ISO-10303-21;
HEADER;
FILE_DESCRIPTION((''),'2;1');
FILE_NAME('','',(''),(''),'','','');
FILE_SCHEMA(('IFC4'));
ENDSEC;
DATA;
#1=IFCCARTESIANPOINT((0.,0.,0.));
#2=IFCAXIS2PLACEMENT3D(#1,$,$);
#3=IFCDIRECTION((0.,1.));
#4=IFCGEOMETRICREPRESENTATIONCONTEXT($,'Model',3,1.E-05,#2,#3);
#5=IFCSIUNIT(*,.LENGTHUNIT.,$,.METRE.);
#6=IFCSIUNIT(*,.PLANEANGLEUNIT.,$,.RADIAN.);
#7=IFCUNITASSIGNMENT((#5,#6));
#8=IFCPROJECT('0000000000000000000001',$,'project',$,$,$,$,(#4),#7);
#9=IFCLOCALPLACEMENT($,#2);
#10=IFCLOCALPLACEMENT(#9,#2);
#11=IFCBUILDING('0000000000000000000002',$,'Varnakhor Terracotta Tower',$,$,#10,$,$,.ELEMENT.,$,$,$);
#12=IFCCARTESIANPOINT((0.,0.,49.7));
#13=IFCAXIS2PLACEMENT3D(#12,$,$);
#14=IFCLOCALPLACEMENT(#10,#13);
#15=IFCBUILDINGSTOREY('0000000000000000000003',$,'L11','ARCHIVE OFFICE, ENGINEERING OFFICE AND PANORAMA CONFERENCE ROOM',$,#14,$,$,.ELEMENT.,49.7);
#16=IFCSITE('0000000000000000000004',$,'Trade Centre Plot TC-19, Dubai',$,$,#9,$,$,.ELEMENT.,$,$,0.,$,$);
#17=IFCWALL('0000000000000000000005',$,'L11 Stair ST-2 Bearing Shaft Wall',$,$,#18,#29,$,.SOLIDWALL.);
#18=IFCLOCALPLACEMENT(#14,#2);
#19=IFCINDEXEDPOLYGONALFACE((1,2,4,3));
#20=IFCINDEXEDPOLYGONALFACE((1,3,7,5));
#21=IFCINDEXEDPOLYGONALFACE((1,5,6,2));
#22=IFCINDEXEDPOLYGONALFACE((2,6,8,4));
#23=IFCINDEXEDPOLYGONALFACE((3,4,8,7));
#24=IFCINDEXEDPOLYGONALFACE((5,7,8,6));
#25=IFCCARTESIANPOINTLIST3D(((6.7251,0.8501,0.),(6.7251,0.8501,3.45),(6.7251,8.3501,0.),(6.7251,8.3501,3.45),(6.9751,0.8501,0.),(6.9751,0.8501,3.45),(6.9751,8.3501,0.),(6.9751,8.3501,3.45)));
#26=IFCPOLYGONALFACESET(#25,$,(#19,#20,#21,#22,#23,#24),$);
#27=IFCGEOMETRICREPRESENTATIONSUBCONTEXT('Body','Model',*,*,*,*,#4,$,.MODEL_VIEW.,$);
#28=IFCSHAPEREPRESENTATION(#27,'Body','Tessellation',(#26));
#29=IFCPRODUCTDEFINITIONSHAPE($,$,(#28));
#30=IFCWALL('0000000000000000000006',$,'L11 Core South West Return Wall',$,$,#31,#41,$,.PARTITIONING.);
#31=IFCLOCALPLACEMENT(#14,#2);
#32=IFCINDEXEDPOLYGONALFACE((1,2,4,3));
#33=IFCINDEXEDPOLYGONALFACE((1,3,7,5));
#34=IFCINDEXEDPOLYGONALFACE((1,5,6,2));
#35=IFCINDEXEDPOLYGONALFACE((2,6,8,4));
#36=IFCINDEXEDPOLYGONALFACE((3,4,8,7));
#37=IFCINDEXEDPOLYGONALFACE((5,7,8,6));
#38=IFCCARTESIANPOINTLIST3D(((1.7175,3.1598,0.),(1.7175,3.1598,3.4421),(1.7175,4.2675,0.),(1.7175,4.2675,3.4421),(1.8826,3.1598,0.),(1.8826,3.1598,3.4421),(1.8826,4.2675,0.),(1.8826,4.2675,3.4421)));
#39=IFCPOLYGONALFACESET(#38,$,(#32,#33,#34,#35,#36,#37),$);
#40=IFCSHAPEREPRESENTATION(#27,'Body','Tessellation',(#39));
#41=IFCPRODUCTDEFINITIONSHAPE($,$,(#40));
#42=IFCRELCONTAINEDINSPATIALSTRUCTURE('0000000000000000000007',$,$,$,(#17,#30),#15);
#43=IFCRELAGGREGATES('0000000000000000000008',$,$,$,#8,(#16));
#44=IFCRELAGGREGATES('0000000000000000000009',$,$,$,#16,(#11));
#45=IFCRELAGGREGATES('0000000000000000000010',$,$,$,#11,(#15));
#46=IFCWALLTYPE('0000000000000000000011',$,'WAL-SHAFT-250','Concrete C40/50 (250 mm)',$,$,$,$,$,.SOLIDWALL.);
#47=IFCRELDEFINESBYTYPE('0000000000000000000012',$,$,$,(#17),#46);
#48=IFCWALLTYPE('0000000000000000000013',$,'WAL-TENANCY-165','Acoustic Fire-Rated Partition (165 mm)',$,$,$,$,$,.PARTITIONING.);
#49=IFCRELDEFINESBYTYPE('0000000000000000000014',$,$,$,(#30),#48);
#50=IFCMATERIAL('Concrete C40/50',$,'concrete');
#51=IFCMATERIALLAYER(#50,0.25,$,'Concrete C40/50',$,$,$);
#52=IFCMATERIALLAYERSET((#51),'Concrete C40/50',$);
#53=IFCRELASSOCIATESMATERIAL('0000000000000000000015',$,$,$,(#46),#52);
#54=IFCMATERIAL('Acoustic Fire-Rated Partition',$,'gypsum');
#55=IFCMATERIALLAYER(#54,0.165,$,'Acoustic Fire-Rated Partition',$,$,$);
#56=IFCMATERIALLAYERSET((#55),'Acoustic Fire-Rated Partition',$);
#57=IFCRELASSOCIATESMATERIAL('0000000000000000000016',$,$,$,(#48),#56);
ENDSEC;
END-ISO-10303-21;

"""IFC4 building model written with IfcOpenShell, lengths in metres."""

from ifc_helpers import new_model, si_unit, direction, frame, frame_2d, origin, place, context, subcontext, project, spatial, rectangle, extrude, material, layer, layer_set, type_object, element, save


model = new_model("IFC4")

# Units and contexts
model_context = context("Model", 3, precision=1e-05, world=origin(), true_north=direction((0.0, 1.0)))
body_context = subcontext(model_context, "Body", "Model", "MODEL_VIEW")
ifc_project = project(units=[si_unit("LENGTHUNIT", "METRE"), si_unit("PLANEANGLEUNIT", "RADIAN")], contexts=[model_context])

# Site, building, storey
site_placement = place(None, origin())
site = spatial("IfcSite", under=ifc_project, at=site_placement, Name="Trade Centre Plot TC-19, Dubai", CompositionType="ELEMENT", RefElevation=0.0)
building_placement = place(site_placement, origin())
building = spatial("IfcBuilding", under=site, at=building_placement, Name="Varnakhor Terracotta Tower", CompositionType="ELEMENT")
storey_placement = place(building_placement, frame((0.0, 0.0, 49.7)))
storey = spatial("IfcBuildingStorey", under=building, at=storey_placement, Name="L11", Description="ARCHIVE OFFICE, ENGINEERING OFFICE AND PANORAMA CONFERENCE ROOM", CompositionType="ELEMENT", Elevation=49.7)

# Shared definitions
ifc_material_1 = material(Name="Concrete C40/50", Category="concrete")

# Walls
ifc_layer_1 = layer(ifc_material_1, 0.25, Name="Concrete C40/50")
ifc_layer_set_1 = layer_set([ifc_layer_1], Name="Concrete C40/50")
wall_type_1 = type_object("IfcWallType", Name="WAL-SHAFT-250", Description="Concrete C40/50 (250 mm)", PredefinedType="SOLIDWALL", material=ifc_layer_set_1)
wall_1_placement = place(storey_placement, frame((6.8501, 0.8501, 0.0), z_axis=(0.0, 0.0, 1.0), x_axis=(0.0, 1.0, 0.0)))
element("IfcWall", 1, at=wall_1_placement, inside=storey, type_object=wall_type_1, Name="L11 Stair ST-2 Bearing Shaft Wall", PredefinedType="SOLIDWALL", context=body_context, shape_type="SweptSolid", body=[
    extrude(rectangle(XDim=7.5, YDim=0.25, at=frame_2d((3.75, 0.0))), origin(), (0.0, 0.0, 1.0), 3.45),
])
ifc_material_2 = material(Name="Acoustic Fire-Rated Partition", Category="gypsum")
ifc_layer_2 = layer(ifc_material_2, 0.165, Name="Acoustic Fire-Rated Partition")
ifc_layer_set_2 = layer_set([ifc_layer_2], Name="Acoustic Fire-Rated Partition")
wall_type_2 = type_object("IfcWallType", Name="WAL-TENANCY-165", Description="Acoustic Fire-Rated Partition (165 mm)", PredefinedType="PARTITIONING", material=ifc_layer_set_2)
wall_2_placement = place(storey_placement, frame((1.8, 3.1599, 0.0), z_axis=(0.0, 0.0, 1.0), x_axis=(0.0, 1.0, 0.0)))
element("IfcWall", 2, at=wall_2_placement, inside=storey, type_object=wall_type_2, Name="L11 Core South West Return Wall", PredefinedType="PARTITIONING", context=body_context, shape_type="SweptSolid", body=[
    extrude(rectangle(XDim=1.1077, YDim=0.165, at=frame_2d((0.5537, 0.0))), origin(), (0.0, 0.0, 1.0), 3.4421),
])

save(model, "model.ifc")
